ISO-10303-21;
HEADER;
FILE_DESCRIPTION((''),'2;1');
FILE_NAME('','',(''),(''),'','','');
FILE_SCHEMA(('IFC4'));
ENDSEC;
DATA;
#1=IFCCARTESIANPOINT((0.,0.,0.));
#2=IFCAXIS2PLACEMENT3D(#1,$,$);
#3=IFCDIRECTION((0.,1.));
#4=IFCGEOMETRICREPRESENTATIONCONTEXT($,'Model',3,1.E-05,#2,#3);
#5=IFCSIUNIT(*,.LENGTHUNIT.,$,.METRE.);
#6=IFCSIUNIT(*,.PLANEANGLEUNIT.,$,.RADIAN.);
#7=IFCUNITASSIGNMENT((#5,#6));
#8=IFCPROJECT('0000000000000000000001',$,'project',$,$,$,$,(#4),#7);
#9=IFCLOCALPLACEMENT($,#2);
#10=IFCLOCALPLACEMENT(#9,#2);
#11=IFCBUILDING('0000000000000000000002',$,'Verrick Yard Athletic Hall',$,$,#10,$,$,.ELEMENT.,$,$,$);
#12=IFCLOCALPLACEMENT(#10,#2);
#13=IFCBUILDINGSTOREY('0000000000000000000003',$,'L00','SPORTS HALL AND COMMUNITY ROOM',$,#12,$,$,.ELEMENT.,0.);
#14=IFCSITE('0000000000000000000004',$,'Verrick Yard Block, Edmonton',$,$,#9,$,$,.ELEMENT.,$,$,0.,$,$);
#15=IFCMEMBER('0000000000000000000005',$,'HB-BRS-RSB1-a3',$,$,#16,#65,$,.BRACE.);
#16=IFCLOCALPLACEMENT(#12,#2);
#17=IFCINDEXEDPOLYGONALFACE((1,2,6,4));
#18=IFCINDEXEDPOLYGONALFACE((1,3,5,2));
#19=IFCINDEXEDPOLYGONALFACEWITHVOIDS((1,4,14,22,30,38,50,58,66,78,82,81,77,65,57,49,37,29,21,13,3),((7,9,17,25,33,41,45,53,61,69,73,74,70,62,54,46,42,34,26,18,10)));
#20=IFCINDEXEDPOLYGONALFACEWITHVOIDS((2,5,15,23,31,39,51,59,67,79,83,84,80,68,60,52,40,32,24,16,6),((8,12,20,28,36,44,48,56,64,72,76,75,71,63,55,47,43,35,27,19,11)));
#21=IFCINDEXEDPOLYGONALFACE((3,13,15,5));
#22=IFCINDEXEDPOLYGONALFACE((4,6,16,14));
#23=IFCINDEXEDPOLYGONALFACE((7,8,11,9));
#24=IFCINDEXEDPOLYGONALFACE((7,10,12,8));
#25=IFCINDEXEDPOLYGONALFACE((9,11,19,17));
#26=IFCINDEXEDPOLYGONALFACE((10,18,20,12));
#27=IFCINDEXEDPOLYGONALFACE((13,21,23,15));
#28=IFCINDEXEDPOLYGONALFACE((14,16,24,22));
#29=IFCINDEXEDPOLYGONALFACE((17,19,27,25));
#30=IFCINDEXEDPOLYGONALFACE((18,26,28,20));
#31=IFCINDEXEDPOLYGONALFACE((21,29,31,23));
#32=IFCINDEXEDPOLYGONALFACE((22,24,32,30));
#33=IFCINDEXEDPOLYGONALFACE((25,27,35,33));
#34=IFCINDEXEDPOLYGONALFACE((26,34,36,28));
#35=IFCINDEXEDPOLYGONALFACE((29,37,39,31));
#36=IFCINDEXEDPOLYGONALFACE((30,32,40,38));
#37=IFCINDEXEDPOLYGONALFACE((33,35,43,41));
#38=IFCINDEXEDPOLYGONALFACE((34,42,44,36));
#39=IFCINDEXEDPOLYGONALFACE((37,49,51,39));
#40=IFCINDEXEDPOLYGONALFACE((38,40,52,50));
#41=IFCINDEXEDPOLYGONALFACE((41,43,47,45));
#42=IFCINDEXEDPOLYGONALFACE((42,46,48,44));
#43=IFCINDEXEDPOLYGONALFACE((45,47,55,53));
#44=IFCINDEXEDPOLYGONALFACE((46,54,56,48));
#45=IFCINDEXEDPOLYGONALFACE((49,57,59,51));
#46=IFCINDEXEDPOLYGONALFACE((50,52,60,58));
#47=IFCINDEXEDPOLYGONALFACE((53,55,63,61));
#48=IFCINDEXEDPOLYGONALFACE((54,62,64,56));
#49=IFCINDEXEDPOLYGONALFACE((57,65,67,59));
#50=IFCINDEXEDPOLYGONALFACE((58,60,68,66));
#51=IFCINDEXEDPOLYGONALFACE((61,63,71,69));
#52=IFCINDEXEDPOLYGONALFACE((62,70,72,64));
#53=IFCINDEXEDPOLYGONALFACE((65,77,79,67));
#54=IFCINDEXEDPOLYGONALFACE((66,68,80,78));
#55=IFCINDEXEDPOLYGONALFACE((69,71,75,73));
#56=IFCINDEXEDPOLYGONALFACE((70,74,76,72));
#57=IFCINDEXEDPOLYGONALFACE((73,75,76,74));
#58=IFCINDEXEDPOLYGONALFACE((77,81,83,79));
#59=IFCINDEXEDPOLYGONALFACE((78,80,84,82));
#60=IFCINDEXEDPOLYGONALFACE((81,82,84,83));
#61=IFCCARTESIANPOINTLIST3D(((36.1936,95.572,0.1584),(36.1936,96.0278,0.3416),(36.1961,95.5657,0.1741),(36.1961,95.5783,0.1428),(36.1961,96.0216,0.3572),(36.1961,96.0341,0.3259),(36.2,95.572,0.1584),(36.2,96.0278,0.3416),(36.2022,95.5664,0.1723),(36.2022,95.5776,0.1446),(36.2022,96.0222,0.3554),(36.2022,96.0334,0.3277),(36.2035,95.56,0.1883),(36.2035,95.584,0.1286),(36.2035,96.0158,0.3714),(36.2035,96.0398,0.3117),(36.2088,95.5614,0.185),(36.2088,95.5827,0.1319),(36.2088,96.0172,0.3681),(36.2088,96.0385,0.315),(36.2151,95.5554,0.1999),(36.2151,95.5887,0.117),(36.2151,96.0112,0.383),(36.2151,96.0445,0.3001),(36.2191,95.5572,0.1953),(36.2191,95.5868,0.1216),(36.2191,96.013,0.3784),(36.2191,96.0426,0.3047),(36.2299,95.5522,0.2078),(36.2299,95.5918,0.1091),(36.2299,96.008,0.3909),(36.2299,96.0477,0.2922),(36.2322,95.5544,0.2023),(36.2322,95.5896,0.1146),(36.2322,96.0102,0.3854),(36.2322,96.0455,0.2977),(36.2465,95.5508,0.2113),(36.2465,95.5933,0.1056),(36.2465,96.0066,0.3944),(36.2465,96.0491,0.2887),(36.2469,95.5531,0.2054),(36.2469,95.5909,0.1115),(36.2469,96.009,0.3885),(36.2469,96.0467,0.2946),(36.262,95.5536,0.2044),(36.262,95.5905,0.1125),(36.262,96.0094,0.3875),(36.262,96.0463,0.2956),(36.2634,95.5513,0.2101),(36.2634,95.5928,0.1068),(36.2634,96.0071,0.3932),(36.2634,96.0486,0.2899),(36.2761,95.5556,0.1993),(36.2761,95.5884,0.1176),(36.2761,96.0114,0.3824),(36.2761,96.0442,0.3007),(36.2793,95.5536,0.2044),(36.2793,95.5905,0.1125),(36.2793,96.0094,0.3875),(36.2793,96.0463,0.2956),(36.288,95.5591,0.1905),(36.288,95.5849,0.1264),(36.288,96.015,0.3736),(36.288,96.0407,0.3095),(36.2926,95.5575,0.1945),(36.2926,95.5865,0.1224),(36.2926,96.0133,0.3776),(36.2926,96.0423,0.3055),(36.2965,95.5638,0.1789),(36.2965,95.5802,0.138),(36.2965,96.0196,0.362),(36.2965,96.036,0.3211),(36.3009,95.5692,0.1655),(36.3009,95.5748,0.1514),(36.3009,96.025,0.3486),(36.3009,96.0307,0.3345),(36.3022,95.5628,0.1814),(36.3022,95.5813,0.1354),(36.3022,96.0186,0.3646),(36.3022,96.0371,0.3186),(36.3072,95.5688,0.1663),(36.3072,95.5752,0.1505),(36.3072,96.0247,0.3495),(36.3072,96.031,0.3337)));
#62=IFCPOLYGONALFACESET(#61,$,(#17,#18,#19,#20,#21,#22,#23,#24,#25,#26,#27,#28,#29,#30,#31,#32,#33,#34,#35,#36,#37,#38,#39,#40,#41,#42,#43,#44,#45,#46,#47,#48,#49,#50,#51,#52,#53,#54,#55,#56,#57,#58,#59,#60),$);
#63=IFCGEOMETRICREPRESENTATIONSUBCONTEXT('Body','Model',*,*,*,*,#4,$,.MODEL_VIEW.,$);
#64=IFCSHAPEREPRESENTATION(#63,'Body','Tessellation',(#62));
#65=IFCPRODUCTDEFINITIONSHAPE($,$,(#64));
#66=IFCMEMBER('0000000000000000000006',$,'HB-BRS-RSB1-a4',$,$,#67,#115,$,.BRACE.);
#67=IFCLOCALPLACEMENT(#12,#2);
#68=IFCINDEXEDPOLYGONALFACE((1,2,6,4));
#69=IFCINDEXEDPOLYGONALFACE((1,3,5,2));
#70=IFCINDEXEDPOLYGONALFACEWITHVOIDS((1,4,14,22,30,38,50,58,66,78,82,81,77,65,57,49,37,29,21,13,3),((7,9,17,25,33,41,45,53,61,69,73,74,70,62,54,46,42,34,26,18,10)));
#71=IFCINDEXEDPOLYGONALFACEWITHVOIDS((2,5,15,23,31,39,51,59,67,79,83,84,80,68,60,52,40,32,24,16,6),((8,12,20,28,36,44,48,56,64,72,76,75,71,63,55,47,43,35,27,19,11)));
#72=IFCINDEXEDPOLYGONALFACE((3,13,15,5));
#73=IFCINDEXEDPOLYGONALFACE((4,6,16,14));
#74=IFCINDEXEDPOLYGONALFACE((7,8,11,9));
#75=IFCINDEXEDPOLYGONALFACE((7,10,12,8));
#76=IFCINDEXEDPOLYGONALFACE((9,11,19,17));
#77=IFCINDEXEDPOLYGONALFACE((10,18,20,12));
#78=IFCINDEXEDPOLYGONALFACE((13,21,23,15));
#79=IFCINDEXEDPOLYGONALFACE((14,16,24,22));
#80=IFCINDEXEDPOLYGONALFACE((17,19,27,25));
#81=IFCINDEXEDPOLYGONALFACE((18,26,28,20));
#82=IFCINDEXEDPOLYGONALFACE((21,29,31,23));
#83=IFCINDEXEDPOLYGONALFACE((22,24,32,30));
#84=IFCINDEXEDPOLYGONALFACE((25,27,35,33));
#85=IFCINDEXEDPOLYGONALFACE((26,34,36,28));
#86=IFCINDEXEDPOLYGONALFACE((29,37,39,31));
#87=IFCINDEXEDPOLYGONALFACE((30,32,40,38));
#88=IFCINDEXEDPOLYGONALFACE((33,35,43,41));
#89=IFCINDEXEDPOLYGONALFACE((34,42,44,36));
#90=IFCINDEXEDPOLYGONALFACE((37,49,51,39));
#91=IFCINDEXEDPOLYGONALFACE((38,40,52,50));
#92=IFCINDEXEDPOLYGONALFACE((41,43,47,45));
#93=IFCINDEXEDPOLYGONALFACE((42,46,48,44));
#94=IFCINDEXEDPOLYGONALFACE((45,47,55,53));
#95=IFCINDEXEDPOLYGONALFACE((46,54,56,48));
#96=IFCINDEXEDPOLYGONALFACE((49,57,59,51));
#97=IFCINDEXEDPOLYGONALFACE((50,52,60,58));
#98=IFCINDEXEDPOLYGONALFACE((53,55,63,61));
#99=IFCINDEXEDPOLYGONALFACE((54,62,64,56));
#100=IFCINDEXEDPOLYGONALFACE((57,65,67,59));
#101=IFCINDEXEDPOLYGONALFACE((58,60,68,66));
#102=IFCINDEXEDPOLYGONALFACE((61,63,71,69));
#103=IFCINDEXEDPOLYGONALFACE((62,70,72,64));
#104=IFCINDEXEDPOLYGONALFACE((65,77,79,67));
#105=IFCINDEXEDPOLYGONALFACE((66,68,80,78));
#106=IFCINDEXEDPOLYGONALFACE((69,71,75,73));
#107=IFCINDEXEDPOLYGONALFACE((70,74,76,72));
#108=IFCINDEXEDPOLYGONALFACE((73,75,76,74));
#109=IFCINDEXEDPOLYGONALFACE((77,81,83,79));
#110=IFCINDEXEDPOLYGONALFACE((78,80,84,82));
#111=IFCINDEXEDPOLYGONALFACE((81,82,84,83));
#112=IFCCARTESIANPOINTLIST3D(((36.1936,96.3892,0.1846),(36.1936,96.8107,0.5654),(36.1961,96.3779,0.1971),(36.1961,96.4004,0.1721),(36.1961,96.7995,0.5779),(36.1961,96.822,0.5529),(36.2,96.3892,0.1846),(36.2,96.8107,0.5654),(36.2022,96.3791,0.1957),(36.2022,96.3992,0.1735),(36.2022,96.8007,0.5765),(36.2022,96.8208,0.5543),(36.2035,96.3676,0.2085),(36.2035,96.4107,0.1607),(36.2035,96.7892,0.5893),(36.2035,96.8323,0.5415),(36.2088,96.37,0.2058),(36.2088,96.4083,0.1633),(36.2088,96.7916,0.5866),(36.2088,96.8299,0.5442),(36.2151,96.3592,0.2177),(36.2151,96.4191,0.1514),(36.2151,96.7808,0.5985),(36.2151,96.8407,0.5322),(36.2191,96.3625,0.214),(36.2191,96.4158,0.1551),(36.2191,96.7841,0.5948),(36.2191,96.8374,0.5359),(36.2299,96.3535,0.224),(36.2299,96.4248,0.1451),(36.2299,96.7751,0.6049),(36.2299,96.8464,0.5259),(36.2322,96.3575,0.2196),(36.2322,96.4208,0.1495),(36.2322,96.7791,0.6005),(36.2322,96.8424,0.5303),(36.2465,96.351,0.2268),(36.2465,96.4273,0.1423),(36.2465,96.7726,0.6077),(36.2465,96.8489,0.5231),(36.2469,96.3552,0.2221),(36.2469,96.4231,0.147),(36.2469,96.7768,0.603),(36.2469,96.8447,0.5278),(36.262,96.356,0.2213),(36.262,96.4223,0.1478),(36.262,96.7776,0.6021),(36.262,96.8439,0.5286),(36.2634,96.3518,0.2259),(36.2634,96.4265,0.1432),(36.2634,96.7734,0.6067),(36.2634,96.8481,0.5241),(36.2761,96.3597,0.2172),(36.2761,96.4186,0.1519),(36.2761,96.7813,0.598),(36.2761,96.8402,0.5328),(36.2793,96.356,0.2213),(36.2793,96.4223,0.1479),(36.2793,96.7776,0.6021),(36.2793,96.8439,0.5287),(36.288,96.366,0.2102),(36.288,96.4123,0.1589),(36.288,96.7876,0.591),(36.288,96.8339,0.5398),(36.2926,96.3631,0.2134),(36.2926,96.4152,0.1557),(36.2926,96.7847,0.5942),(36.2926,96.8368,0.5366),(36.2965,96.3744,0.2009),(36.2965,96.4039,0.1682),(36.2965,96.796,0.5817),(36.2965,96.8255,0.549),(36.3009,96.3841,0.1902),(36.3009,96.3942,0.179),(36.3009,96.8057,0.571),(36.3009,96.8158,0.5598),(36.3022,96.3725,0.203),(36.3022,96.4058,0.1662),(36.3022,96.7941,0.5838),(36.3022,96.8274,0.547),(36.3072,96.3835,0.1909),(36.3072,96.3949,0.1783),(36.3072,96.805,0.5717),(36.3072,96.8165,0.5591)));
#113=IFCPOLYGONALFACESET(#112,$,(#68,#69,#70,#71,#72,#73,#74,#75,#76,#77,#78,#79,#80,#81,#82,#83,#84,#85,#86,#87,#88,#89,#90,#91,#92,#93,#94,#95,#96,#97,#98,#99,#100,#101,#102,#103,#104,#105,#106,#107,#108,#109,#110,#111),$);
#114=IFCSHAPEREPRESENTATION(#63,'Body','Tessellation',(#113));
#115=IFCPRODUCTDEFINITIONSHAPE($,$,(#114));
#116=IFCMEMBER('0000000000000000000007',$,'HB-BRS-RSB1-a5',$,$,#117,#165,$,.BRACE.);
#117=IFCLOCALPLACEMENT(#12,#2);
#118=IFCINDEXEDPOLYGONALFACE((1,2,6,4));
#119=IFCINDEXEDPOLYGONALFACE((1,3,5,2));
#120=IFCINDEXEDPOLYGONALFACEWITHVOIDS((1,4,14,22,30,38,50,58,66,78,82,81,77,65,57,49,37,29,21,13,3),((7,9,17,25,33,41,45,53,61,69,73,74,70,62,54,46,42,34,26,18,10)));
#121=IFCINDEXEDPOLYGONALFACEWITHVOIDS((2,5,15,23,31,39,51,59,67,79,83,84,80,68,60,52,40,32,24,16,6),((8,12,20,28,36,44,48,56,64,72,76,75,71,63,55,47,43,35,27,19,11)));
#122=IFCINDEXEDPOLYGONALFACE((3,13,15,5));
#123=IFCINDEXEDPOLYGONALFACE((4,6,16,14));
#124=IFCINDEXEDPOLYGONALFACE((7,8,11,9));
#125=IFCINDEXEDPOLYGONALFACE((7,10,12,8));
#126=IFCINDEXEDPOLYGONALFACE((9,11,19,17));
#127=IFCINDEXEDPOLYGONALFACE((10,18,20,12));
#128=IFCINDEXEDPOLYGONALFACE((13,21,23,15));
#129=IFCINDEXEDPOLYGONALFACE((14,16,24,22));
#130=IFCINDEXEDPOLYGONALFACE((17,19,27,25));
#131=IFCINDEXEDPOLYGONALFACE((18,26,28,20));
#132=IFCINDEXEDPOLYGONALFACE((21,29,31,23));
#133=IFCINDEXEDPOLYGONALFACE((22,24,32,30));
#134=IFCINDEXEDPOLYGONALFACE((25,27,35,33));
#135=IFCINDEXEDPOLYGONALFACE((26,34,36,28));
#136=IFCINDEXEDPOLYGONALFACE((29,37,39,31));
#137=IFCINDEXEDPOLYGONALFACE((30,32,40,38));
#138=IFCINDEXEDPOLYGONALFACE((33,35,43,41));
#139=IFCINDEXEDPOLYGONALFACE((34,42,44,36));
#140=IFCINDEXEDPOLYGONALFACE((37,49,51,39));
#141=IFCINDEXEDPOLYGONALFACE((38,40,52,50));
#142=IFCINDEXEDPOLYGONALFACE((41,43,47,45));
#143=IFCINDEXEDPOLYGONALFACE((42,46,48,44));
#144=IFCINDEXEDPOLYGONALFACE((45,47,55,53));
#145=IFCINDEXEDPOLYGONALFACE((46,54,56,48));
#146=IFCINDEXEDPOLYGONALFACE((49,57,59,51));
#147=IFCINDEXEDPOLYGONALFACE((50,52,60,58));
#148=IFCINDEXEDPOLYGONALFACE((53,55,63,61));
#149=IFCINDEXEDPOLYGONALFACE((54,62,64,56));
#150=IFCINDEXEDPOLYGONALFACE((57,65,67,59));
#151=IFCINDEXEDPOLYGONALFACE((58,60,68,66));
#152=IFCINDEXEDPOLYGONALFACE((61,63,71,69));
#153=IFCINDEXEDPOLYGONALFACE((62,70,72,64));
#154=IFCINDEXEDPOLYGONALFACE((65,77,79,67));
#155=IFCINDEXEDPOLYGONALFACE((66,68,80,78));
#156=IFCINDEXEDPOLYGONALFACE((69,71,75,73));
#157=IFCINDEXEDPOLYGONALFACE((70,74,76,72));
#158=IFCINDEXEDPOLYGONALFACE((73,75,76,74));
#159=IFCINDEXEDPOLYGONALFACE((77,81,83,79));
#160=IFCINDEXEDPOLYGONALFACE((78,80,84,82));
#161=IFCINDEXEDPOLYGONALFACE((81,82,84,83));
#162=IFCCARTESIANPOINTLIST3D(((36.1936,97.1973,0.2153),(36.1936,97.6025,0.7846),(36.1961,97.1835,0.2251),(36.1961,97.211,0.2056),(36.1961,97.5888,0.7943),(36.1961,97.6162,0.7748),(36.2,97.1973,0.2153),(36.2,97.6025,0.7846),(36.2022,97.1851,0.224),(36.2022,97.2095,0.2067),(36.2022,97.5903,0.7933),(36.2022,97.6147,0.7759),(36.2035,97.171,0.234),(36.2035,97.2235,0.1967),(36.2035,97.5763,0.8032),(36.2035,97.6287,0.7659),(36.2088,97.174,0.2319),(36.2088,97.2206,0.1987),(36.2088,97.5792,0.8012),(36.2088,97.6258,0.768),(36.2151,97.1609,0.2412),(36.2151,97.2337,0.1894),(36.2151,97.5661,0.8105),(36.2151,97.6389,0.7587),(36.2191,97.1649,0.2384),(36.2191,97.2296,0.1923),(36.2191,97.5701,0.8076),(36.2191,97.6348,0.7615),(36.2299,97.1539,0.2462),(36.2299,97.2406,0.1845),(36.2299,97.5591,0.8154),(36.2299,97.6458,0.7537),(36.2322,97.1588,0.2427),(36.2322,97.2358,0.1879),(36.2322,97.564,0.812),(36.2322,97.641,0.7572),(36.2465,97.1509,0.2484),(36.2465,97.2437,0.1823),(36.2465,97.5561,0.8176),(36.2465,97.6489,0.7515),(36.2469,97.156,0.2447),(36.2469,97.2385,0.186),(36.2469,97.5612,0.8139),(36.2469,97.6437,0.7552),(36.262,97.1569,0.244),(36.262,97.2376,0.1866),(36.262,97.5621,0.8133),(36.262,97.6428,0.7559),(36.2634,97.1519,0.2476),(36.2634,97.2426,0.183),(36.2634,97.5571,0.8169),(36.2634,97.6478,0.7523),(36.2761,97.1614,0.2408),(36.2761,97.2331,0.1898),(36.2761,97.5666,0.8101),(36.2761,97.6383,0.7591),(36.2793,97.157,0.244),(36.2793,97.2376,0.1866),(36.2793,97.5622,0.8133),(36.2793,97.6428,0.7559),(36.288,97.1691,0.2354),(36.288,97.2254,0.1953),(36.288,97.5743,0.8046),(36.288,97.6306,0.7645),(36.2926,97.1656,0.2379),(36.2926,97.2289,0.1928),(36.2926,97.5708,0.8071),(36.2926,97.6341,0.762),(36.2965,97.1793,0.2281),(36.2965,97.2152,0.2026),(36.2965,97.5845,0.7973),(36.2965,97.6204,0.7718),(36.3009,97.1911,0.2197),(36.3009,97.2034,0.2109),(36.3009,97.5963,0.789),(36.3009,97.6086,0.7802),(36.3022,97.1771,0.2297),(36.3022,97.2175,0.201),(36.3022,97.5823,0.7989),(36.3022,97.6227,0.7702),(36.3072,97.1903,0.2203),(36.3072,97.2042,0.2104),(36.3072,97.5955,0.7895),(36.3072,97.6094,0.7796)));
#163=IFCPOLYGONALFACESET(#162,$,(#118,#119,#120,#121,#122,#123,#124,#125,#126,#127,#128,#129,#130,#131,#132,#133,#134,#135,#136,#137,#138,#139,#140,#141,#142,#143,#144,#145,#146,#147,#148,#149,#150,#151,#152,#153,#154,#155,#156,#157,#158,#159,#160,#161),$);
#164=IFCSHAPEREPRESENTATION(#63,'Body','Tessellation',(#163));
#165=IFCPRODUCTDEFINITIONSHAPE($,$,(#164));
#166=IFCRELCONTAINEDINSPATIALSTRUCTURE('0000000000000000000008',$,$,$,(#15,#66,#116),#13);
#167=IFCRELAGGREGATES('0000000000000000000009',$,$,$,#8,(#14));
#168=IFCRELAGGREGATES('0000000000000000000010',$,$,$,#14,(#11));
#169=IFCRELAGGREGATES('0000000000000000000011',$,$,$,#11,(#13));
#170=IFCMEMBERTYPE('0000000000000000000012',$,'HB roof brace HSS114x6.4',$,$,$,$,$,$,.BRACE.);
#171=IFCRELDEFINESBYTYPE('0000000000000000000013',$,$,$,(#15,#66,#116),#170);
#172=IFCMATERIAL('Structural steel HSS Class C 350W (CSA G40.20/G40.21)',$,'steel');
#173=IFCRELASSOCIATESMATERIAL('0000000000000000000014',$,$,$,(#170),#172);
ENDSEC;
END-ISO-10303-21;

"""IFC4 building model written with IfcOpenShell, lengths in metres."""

from ifc_helpers import new_model, si_unit, direction, frame, origin, origin_2d, place, context, subcontext, project, spatial, hollow_circle, extrude, material, material_profile, profile_set, type_object, element, save


model = new_model("IFC4")

# Units and contexts
model_context = context("Model", 3, precision=1e-05, world=origin(), true_north=direction((0.0, 1.0)))
body_context = subcontext(model_context, "Body", "Model", "MODEL_VIEW")
ifc_project = project(units=[si_unit("LENGTHUNIT", "METRE"), si_unit("PLANEANGLEUNIT", "RADIAN")], contexts=[model_context])

# Site, building, storey
site_placement = place(None, origin())
site = spatial("IfcSite", under=ifc_project, at=site_placement, Name="Verrick Yard Block, Edmonton", CompositionType="ELEMENT", RefElevation=0.0)
building_placement = place(site_placement, origin())
building = spatial("IfcBuilding", under=site, at=building_placement, Name="Verrick Yard Athletic Hall", CompositionType="ELEMENT")
storey_placement = place(building_placement, origin())
storey = spatial("IfcBuildingStorey", under=building, at=storey_placement, Name="L00", Description="SPORTS HALL AND COMMUNITY ROOM", CompositionType="ELEMENT", Elevation=0.0)

# Members
ifc_material_1 = material(Name="Structural steel HSS Class C 350W (CSA G40.20/G40.21)", Category="steel")
ifc_material_profile_1 = material_profile(ifc_material_1, hollow_circle(Radius=0.0571, WallThickness=0.0063, at=origin_2d()), Name="HSS114x6.4")
ifc_profile_set_1 = profile_set([ifc_material_profile_1], Name="Structural steel HSS Class C 350W (CSA G40.20/G40.21)")
member_type_1 = type_object("IfcMemberType", Name="HB roof brace HSS114x6.4", PredefinedType="BRACE", material=ifc_profile_set_1)
member_1_placement = place(storey_placement, frame((36.2507, 95.572, 0.1584), z_axis=(0.0, 0.927927, 0.372761), x_axis=(-1.0, 0.0, 0.0)))
element("IfcMember", 1, at=member_1_placement, inside=storey, type_object=member_type_1, Name="HB-BRS-RSB1-a3", PredefinedType="BRACE", context=body_context, shape_type="SweptSolid", body=[
    extrude(hollow_circle(Radius=0.0571, WallThickness=0.0063, at=origin_2d()), origin(), (0.0, 0.0, 1.0), 0.4912),
])
member_2_placement = place(storey_placement, frame((36.2507, 96.3892, 0.1846), z_axis=(0.0, 0.742075, 0.670317), x_axis=(-1.0, 0.0, 0.0)))
element("IfcMember", 2, at=member_2_placement, inside=storey, type_object=member_type_1, Name="HB-BRS-RSB1-a4", PredefinedType="BRACE", context=body_context, shape_type="SweptSolid", body=[
    extrude(hollow_circle(Radius=0.0571, WallThickness=0.0063, at=origin_2d()), origin(), (0.0, 0.0, 1.0), 0.5681),
])
member_3_placement = place(storey_placement, frame((36.2507, 97.1973, 0.2153), z_axis=(0.0, 0.579916, 0.814677), x_axis=(-1.0, 0.0, 0.0)))
element("IfcMember", 3, at=member_3_placement, inside=storey, type_object=member_type_1, Name="HB-BRS-RSB1-a5", PredefinedType="BRACE", context=body_context, shape_type="SweptSolid", body=[
    extrude(hollow_circle(Radius=0.0571, WallThickness=0.0063, at=origin_2d()), origin(), (0.0, 0.0, 1.0), 0.6987),
])

save(model, "model.ifc")
